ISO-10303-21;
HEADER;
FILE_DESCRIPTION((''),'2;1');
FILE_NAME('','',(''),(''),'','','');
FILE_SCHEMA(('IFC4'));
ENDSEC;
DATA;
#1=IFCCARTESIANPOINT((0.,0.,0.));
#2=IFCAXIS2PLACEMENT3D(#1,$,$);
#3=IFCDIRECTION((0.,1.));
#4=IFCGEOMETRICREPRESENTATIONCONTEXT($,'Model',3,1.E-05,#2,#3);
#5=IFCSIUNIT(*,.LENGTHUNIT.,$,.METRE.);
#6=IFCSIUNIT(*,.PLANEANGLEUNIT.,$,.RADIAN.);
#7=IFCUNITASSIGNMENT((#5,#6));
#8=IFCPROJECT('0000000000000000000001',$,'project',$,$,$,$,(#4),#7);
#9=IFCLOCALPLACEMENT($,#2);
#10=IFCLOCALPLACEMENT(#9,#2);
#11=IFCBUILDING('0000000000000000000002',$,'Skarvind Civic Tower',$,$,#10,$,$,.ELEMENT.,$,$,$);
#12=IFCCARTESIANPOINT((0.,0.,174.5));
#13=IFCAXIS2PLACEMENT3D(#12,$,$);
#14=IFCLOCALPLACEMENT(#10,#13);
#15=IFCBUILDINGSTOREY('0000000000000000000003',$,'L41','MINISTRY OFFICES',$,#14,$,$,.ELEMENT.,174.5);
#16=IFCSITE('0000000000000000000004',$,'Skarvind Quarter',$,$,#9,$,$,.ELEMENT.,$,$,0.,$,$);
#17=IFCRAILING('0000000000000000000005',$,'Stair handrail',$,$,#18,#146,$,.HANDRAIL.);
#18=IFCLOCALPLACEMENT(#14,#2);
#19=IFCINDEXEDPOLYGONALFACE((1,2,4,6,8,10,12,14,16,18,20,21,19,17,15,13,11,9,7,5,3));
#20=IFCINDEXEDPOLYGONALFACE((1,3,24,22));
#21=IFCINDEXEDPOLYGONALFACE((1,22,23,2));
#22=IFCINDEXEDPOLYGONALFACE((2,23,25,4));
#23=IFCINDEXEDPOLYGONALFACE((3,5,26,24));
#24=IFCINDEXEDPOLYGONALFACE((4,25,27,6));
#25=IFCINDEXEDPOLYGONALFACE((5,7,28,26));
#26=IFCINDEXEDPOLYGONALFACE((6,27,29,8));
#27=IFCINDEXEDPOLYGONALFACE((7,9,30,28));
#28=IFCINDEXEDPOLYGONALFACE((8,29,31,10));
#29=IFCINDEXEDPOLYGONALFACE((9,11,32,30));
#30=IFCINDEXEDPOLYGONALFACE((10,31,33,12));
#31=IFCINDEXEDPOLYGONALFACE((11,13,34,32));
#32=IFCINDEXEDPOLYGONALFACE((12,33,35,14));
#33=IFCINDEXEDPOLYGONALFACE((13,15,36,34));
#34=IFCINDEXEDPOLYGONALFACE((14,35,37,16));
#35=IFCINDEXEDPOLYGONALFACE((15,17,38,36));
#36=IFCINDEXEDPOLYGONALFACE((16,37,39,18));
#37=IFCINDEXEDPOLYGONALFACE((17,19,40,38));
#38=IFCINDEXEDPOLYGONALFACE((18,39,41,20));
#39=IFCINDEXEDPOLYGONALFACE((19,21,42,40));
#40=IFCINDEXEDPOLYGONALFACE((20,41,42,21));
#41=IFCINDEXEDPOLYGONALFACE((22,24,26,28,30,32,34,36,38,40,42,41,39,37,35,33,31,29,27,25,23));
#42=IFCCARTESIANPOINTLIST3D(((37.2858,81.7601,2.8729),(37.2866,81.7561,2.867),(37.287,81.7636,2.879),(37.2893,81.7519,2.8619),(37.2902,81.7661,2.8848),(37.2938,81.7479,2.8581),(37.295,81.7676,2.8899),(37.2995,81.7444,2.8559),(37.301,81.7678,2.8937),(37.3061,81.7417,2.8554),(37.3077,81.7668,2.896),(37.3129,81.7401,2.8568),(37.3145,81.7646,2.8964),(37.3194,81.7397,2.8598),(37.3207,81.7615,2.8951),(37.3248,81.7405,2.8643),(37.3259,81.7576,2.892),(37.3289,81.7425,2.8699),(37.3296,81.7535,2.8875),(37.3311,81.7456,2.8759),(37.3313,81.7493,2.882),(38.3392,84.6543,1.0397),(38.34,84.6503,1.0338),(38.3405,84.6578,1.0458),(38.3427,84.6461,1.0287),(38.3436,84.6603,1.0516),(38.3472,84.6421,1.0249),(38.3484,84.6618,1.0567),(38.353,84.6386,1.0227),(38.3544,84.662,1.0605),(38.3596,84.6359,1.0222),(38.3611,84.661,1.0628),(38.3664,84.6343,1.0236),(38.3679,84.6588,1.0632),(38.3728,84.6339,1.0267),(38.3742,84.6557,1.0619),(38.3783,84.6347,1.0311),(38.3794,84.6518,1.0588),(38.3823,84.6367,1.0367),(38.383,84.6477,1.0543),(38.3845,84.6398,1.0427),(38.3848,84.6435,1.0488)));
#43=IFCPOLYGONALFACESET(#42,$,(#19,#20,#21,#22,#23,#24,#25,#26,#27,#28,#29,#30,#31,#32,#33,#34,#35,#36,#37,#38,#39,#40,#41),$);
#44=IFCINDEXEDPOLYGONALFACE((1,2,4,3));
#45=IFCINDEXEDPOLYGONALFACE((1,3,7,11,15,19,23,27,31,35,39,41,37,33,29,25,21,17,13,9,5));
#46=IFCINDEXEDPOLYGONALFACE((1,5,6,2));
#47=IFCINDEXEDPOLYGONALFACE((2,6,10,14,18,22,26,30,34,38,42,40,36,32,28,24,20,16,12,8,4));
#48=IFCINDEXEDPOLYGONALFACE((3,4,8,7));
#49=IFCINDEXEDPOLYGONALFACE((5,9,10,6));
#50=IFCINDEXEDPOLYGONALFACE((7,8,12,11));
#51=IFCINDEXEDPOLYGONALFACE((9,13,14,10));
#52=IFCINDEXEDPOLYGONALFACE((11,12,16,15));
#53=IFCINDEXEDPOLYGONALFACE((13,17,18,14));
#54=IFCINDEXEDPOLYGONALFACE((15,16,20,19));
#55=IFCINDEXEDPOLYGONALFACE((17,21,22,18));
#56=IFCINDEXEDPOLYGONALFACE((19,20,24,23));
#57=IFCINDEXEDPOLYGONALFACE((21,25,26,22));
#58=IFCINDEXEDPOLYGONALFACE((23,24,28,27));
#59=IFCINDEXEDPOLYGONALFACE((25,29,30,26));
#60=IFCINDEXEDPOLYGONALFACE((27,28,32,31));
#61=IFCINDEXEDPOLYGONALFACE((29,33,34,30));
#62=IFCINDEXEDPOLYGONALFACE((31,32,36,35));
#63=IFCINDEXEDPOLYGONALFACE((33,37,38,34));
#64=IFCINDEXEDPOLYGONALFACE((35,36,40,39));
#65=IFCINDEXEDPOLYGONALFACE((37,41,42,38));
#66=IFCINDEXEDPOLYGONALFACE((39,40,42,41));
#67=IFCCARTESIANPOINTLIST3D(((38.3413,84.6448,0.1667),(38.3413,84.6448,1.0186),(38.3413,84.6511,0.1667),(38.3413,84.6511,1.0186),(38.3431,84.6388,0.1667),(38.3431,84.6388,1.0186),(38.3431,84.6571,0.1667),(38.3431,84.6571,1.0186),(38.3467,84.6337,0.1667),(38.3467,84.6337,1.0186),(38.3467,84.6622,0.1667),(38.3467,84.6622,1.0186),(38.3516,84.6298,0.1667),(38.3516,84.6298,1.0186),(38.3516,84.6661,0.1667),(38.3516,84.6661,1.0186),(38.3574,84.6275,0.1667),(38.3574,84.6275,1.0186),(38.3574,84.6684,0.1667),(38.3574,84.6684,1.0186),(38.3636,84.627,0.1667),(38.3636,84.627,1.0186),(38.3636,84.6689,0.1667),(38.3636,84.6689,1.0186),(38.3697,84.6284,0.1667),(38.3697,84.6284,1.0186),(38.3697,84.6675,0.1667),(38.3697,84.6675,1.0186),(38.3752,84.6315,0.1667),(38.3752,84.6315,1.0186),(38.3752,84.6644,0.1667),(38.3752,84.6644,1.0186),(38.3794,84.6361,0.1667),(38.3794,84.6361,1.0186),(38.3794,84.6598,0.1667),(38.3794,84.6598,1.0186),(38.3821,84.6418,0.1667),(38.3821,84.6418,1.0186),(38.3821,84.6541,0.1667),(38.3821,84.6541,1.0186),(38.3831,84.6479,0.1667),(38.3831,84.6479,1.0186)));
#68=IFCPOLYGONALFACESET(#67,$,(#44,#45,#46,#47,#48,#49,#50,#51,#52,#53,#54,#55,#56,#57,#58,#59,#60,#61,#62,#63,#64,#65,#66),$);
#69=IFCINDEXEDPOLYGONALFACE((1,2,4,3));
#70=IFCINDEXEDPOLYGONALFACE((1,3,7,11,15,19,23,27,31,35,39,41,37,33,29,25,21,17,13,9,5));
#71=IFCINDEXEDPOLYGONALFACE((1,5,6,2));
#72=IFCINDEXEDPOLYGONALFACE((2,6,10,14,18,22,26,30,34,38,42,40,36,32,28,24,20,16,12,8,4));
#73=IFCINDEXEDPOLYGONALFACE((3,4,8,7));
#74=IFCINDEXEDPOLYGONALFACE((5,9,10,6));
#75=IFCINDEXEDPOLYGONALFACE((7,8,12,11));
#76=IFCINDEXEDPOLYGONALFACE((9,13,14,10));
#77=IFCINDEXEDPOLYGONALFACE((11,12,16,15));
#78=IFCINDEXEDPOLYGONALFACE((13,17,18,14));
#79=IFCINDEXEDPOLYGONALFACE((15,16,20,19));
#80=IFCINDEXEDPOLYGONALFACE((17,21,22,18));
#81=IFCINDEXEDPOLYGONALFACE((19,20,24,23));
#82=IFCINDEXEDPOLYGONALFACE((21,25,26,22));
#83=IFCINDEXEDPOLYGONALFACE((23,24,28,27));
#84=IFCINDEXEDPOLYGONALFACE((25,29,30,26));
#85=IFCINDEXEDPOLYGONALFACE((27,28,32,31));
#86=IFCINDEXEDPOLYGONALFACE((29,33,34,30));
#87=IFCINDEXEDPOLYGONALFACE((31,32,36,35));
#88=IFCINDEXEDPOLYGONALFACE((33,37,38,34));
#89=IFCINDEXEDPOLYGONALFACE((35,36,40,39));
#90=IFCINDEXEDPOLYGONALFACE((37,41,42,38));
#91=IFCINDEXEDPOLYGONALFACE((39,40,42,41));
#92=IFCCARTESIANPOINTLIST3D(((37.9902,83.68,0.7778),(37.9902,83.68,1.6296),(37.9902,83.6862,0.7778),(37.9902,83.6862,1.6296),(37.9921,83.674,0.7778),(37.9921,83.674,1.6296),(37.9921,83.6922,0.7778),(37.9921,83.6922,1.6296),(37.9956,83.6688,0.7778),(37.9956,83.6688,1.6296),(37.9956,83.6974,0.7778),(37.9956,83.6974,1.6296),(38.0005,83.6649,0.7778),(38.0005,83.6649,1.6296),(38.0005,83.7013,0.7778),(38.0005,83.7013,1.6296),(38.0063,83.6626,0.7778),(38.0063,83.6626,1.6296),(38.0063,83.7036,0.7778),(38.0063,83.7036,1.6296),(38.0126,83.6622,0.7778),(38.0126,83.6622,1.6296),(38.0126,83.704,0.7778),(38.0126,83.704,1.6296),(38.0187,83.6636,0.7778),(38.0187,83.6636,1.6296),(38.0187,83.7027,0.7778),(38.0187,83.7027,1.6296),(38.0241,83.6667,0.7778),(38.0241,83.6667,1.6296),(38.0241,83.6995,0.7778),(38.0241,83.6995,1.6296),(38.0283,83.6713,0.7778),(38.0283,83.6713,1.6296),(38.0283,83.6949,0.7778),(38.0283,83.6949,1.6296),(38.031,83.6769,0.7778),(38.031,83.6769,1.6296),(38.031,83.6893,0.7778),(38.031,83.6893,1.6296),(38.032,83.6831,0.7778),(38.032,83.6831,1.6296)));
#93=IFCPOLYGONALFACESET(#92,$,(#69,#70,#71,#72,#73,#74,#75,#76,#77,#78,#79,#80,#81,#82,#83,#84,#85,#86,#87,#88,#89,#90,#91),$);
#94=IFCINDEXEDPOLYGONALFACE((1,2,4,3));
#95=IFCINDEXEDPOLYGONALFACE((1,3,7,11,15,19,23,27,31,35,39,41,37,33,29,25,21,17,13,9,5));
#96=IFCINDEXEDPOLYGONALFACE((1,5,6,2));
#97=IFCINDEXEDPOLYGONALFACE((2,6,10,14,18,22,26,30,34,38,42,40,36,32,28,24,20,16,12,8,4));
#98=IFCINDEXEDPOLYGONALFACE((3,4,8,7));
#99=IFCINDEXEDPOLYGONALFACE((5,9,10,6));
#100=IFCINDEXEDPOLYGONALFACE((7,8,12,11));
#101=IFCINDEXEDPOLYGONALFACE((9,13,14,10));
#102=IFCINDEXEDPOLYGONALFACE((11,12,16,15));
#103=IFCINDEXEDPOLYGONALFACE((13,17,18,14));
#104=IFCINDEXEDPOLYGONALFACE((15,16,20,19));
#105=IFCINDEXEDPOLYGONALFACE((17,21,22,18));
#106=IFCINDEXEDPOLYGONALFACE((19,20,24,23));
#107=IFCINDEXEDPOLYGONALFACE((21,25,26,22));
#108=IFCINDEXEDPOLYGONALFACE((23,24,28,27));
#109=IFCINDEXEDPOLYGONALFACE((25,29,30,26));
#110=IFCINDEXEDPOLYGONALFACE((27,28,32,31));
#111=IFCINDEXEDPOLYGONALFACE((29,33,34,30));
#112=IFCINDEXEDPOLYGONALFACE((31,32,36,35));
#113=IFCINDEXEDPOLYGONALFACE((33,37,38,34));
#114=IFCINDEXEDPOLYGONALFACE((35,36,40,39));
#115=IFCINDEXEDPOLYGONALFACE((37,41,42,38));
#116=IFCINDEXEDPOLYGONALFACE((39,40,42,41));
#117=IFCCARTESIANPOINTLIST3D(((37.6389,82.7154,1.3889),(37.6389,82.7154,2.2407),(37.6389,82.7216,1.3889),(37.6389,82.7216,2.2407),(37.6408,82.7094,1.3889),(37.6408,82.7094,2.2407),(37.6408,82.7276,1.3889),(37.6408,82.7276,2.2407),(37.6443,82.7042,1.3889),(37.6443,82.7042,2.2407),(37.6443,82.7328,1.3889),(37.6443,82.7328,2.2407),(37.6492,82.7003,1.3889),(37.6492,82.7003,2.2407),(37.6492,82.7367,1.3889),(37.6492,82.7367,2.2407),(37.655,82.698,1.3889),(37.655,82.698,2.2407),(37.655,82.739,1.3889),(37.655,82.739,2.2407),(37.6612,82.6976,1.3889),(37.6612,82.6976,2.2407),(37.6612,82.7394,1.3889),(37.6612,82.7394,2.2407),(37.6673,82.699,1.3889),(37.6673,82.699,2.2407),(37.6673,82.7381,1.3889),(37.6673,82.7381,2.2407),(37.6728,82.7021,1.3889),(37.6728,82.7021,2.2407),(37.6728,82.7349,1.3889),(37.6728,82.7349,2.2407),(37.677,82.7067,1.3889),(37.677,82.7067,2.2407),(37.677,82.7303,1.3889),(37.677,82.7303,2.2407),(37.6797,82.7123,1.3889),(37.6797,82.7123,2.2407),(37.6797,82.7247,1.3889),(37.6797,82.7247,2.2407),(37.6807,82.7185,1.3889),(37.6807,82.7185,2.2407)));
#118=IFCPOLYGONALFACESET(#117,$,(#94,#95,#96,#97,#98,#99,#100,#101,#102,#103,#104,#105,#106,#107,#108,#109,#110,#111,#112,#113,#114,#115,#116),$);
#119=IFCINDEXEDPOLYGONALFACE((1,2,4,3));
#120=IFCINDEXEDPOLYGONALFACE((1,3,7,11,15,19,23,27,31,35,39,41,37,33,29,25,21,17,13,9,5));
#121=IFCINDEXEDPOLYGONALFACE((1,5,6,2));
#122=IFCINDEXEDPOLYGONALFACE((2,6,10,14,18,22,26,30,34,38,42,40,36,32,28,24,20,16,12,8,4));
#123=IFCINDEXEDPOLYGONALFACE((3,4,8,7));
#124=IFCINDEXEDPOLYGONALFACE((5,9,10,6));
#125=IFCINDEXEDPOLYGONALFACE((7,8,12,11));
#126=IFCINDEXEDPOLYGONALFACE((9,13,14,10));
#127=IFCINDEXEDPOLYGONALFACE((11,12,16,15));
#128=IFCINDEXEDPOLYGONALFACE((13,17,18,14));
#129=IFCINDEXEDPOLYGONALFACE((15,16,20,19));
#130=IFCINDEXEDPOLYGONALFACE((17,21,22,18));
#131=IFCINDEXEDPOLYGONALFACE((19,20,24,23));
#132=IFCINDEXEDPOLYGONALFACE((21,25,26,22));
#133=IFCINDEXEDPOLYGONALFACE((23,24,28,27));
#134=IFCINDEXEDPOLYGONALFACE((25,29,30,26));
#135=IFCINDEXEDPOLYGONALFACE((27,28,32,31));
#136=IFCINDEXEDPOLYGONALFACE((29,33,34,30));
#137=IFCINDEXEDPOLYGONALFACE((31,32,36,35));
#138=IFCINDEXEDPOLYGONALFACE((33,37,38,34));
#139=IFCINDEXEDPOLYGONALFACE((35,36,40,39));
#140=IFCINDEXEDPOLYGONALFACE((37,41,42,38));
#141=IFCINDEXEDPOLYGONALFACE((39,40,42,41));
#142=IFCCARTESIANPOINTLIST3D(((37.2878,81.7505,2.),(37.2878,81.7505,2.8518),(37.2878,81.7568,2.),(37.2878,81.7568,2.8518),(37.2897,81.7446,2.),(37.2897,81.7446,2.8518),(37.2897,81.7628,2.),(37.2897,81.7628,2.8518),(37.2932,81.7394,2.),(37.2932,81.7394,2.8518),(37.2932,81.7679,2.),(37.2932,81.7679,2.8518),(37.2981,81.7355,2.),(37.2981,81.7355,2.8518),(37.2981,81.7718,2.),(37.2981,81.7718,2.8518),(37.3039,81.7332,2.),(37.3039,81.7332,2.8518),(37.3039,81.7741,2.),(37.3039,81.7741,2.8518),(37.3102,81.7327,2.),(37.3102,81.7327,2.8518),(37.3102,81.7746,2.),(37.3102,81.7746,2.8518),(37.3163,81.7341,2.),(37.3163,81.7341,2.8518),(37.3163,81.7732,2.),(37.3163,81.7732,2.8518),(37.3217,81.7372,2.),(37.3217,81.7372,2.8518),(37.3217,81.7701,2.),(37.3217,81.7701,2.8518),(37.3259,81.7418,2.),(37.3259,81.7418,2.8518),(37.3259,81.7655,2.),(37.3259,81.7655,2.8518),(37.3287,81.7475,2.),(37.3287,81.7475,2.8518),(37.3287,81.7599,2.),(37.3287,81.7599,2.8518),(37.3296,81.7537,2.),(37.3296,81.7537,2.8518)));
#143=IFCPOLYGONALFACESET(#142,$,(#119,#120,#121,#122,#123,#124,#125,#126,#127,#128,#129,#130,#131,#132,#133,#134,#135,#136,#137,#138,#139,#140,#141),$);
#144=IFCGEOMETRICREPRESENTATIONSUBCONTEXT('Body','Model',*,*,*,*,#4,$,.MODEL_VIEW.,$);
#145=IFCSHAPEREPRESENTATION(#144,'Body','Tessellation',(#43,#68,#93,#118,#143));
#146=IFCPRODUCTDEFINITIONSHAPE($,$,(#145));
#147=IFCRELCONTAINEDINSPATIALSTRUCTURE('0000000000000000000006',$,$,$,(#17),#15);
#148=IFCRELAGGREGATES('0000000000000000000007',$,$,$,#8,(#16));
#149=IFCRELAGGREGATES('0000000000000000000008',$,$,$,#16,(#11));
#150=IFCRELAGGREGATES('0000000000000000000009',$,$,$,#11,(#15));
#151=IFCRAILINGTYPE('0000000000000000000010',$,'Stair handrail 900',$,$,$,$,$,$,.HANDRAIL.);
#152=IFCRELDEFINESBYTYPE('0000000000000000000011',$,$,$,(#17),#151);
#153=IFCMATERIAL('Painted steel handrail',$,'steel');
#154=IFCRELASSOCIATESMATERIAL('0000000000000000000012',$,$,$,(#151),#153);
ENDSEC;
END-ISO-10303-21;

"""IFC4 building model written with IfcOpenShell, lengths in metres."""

from ifc_helpers import new_model, si_unit, direction, frame, origin, origin_2d, place, context, subcontext, project, spatial, circle, extrude, material, type_object, element, save


model = new_model("IFC4")

# Units and contexts
model_context = context("Model", 3, precision=1e-05, world=origin(), true_north=direction((0.0, 1.0)))
body_context = subcontext(model_context, "Body", "Model", "MODEL_VIEW")
ifc_project = project(units=[si_unit("LENGTHUNIT", "METRE"), si_unit("PLANEANGLEUNIT", "RADIAN")], contexts=[model_context])

# Site, building, storey
site_placement = place(None, origin())
site = spatial("IfcSite", under=ifc_project, at=site_placement, Name="Skarvind Quarter", CompositionType="ELEMENT", RefElevation=0.0)
building_placement = place(site_placement, origin())
building = spatial("IfcBuilding", under=site, at=building_placement, Name="Skarvind Civic Tower", CompositionType="ELEMENT")
storey_placement = place(building_placement, frame((0.0, 0.0, 174.5)))
storey = spatial("IfcBuildingStorey", under=building, at=storey_placement, Name="L41", Description="MINISTRY OFFICES", CompositionType="ELEMENT", Elevation=174.5)

# Railing
ifc_material_1 = material(Name="Painted steel handrail", Category="steel")
railing_type = type_object("IfcRailingType", Name="Stair handrail 900", PredefinedType="HANDRAIL", material=ifc_material_1)
railing_1_placement = place(storey_placement, frame((38.3621, 84.6479, 0.1667)))
element("IfcRailing", 1, at=railing_1_placement, inside=storey, type_object=railing_type, Name="Stair handrail", PredefinedType="HANDRAIL", context=body_context, shape_type="SweptSolid", body=[
    extrude(circle(Radius=0.0239, at=origin_2d()), frame((0.0, 0.0, 0.876), z_axis=(-0.293908, -0.807481, 0.511461), x_axis=(0.939689, -0.342029, 0.0)), (0.0, 0.0, 1.0), 3.5842),
    extrude(circle(Radius=0.021, at=origin_2d()), origin(), (0.0, 0.0, 1.0), 0.8518),
    extrude(circle(Radius=0.021, at=origin_2d()), frame((-0.3511, -0.9648, 0.6111)), (0.0, 0.0, 1.0), 0.8518),
    extrude(circle(Radius=0.021, at=origin_2d()), frame((-0.7024, -1.9294, 1.2222)), (0.0, 0.0, 1.0), 0.8518),
    extrude(circle(Radius=0.021, at=origin_2d()), frame((-1.0535, -2.8943, 1.8333)), (0.0, 0.0, 1.0), 0.8518),
])

save(model, "model.ifc")
